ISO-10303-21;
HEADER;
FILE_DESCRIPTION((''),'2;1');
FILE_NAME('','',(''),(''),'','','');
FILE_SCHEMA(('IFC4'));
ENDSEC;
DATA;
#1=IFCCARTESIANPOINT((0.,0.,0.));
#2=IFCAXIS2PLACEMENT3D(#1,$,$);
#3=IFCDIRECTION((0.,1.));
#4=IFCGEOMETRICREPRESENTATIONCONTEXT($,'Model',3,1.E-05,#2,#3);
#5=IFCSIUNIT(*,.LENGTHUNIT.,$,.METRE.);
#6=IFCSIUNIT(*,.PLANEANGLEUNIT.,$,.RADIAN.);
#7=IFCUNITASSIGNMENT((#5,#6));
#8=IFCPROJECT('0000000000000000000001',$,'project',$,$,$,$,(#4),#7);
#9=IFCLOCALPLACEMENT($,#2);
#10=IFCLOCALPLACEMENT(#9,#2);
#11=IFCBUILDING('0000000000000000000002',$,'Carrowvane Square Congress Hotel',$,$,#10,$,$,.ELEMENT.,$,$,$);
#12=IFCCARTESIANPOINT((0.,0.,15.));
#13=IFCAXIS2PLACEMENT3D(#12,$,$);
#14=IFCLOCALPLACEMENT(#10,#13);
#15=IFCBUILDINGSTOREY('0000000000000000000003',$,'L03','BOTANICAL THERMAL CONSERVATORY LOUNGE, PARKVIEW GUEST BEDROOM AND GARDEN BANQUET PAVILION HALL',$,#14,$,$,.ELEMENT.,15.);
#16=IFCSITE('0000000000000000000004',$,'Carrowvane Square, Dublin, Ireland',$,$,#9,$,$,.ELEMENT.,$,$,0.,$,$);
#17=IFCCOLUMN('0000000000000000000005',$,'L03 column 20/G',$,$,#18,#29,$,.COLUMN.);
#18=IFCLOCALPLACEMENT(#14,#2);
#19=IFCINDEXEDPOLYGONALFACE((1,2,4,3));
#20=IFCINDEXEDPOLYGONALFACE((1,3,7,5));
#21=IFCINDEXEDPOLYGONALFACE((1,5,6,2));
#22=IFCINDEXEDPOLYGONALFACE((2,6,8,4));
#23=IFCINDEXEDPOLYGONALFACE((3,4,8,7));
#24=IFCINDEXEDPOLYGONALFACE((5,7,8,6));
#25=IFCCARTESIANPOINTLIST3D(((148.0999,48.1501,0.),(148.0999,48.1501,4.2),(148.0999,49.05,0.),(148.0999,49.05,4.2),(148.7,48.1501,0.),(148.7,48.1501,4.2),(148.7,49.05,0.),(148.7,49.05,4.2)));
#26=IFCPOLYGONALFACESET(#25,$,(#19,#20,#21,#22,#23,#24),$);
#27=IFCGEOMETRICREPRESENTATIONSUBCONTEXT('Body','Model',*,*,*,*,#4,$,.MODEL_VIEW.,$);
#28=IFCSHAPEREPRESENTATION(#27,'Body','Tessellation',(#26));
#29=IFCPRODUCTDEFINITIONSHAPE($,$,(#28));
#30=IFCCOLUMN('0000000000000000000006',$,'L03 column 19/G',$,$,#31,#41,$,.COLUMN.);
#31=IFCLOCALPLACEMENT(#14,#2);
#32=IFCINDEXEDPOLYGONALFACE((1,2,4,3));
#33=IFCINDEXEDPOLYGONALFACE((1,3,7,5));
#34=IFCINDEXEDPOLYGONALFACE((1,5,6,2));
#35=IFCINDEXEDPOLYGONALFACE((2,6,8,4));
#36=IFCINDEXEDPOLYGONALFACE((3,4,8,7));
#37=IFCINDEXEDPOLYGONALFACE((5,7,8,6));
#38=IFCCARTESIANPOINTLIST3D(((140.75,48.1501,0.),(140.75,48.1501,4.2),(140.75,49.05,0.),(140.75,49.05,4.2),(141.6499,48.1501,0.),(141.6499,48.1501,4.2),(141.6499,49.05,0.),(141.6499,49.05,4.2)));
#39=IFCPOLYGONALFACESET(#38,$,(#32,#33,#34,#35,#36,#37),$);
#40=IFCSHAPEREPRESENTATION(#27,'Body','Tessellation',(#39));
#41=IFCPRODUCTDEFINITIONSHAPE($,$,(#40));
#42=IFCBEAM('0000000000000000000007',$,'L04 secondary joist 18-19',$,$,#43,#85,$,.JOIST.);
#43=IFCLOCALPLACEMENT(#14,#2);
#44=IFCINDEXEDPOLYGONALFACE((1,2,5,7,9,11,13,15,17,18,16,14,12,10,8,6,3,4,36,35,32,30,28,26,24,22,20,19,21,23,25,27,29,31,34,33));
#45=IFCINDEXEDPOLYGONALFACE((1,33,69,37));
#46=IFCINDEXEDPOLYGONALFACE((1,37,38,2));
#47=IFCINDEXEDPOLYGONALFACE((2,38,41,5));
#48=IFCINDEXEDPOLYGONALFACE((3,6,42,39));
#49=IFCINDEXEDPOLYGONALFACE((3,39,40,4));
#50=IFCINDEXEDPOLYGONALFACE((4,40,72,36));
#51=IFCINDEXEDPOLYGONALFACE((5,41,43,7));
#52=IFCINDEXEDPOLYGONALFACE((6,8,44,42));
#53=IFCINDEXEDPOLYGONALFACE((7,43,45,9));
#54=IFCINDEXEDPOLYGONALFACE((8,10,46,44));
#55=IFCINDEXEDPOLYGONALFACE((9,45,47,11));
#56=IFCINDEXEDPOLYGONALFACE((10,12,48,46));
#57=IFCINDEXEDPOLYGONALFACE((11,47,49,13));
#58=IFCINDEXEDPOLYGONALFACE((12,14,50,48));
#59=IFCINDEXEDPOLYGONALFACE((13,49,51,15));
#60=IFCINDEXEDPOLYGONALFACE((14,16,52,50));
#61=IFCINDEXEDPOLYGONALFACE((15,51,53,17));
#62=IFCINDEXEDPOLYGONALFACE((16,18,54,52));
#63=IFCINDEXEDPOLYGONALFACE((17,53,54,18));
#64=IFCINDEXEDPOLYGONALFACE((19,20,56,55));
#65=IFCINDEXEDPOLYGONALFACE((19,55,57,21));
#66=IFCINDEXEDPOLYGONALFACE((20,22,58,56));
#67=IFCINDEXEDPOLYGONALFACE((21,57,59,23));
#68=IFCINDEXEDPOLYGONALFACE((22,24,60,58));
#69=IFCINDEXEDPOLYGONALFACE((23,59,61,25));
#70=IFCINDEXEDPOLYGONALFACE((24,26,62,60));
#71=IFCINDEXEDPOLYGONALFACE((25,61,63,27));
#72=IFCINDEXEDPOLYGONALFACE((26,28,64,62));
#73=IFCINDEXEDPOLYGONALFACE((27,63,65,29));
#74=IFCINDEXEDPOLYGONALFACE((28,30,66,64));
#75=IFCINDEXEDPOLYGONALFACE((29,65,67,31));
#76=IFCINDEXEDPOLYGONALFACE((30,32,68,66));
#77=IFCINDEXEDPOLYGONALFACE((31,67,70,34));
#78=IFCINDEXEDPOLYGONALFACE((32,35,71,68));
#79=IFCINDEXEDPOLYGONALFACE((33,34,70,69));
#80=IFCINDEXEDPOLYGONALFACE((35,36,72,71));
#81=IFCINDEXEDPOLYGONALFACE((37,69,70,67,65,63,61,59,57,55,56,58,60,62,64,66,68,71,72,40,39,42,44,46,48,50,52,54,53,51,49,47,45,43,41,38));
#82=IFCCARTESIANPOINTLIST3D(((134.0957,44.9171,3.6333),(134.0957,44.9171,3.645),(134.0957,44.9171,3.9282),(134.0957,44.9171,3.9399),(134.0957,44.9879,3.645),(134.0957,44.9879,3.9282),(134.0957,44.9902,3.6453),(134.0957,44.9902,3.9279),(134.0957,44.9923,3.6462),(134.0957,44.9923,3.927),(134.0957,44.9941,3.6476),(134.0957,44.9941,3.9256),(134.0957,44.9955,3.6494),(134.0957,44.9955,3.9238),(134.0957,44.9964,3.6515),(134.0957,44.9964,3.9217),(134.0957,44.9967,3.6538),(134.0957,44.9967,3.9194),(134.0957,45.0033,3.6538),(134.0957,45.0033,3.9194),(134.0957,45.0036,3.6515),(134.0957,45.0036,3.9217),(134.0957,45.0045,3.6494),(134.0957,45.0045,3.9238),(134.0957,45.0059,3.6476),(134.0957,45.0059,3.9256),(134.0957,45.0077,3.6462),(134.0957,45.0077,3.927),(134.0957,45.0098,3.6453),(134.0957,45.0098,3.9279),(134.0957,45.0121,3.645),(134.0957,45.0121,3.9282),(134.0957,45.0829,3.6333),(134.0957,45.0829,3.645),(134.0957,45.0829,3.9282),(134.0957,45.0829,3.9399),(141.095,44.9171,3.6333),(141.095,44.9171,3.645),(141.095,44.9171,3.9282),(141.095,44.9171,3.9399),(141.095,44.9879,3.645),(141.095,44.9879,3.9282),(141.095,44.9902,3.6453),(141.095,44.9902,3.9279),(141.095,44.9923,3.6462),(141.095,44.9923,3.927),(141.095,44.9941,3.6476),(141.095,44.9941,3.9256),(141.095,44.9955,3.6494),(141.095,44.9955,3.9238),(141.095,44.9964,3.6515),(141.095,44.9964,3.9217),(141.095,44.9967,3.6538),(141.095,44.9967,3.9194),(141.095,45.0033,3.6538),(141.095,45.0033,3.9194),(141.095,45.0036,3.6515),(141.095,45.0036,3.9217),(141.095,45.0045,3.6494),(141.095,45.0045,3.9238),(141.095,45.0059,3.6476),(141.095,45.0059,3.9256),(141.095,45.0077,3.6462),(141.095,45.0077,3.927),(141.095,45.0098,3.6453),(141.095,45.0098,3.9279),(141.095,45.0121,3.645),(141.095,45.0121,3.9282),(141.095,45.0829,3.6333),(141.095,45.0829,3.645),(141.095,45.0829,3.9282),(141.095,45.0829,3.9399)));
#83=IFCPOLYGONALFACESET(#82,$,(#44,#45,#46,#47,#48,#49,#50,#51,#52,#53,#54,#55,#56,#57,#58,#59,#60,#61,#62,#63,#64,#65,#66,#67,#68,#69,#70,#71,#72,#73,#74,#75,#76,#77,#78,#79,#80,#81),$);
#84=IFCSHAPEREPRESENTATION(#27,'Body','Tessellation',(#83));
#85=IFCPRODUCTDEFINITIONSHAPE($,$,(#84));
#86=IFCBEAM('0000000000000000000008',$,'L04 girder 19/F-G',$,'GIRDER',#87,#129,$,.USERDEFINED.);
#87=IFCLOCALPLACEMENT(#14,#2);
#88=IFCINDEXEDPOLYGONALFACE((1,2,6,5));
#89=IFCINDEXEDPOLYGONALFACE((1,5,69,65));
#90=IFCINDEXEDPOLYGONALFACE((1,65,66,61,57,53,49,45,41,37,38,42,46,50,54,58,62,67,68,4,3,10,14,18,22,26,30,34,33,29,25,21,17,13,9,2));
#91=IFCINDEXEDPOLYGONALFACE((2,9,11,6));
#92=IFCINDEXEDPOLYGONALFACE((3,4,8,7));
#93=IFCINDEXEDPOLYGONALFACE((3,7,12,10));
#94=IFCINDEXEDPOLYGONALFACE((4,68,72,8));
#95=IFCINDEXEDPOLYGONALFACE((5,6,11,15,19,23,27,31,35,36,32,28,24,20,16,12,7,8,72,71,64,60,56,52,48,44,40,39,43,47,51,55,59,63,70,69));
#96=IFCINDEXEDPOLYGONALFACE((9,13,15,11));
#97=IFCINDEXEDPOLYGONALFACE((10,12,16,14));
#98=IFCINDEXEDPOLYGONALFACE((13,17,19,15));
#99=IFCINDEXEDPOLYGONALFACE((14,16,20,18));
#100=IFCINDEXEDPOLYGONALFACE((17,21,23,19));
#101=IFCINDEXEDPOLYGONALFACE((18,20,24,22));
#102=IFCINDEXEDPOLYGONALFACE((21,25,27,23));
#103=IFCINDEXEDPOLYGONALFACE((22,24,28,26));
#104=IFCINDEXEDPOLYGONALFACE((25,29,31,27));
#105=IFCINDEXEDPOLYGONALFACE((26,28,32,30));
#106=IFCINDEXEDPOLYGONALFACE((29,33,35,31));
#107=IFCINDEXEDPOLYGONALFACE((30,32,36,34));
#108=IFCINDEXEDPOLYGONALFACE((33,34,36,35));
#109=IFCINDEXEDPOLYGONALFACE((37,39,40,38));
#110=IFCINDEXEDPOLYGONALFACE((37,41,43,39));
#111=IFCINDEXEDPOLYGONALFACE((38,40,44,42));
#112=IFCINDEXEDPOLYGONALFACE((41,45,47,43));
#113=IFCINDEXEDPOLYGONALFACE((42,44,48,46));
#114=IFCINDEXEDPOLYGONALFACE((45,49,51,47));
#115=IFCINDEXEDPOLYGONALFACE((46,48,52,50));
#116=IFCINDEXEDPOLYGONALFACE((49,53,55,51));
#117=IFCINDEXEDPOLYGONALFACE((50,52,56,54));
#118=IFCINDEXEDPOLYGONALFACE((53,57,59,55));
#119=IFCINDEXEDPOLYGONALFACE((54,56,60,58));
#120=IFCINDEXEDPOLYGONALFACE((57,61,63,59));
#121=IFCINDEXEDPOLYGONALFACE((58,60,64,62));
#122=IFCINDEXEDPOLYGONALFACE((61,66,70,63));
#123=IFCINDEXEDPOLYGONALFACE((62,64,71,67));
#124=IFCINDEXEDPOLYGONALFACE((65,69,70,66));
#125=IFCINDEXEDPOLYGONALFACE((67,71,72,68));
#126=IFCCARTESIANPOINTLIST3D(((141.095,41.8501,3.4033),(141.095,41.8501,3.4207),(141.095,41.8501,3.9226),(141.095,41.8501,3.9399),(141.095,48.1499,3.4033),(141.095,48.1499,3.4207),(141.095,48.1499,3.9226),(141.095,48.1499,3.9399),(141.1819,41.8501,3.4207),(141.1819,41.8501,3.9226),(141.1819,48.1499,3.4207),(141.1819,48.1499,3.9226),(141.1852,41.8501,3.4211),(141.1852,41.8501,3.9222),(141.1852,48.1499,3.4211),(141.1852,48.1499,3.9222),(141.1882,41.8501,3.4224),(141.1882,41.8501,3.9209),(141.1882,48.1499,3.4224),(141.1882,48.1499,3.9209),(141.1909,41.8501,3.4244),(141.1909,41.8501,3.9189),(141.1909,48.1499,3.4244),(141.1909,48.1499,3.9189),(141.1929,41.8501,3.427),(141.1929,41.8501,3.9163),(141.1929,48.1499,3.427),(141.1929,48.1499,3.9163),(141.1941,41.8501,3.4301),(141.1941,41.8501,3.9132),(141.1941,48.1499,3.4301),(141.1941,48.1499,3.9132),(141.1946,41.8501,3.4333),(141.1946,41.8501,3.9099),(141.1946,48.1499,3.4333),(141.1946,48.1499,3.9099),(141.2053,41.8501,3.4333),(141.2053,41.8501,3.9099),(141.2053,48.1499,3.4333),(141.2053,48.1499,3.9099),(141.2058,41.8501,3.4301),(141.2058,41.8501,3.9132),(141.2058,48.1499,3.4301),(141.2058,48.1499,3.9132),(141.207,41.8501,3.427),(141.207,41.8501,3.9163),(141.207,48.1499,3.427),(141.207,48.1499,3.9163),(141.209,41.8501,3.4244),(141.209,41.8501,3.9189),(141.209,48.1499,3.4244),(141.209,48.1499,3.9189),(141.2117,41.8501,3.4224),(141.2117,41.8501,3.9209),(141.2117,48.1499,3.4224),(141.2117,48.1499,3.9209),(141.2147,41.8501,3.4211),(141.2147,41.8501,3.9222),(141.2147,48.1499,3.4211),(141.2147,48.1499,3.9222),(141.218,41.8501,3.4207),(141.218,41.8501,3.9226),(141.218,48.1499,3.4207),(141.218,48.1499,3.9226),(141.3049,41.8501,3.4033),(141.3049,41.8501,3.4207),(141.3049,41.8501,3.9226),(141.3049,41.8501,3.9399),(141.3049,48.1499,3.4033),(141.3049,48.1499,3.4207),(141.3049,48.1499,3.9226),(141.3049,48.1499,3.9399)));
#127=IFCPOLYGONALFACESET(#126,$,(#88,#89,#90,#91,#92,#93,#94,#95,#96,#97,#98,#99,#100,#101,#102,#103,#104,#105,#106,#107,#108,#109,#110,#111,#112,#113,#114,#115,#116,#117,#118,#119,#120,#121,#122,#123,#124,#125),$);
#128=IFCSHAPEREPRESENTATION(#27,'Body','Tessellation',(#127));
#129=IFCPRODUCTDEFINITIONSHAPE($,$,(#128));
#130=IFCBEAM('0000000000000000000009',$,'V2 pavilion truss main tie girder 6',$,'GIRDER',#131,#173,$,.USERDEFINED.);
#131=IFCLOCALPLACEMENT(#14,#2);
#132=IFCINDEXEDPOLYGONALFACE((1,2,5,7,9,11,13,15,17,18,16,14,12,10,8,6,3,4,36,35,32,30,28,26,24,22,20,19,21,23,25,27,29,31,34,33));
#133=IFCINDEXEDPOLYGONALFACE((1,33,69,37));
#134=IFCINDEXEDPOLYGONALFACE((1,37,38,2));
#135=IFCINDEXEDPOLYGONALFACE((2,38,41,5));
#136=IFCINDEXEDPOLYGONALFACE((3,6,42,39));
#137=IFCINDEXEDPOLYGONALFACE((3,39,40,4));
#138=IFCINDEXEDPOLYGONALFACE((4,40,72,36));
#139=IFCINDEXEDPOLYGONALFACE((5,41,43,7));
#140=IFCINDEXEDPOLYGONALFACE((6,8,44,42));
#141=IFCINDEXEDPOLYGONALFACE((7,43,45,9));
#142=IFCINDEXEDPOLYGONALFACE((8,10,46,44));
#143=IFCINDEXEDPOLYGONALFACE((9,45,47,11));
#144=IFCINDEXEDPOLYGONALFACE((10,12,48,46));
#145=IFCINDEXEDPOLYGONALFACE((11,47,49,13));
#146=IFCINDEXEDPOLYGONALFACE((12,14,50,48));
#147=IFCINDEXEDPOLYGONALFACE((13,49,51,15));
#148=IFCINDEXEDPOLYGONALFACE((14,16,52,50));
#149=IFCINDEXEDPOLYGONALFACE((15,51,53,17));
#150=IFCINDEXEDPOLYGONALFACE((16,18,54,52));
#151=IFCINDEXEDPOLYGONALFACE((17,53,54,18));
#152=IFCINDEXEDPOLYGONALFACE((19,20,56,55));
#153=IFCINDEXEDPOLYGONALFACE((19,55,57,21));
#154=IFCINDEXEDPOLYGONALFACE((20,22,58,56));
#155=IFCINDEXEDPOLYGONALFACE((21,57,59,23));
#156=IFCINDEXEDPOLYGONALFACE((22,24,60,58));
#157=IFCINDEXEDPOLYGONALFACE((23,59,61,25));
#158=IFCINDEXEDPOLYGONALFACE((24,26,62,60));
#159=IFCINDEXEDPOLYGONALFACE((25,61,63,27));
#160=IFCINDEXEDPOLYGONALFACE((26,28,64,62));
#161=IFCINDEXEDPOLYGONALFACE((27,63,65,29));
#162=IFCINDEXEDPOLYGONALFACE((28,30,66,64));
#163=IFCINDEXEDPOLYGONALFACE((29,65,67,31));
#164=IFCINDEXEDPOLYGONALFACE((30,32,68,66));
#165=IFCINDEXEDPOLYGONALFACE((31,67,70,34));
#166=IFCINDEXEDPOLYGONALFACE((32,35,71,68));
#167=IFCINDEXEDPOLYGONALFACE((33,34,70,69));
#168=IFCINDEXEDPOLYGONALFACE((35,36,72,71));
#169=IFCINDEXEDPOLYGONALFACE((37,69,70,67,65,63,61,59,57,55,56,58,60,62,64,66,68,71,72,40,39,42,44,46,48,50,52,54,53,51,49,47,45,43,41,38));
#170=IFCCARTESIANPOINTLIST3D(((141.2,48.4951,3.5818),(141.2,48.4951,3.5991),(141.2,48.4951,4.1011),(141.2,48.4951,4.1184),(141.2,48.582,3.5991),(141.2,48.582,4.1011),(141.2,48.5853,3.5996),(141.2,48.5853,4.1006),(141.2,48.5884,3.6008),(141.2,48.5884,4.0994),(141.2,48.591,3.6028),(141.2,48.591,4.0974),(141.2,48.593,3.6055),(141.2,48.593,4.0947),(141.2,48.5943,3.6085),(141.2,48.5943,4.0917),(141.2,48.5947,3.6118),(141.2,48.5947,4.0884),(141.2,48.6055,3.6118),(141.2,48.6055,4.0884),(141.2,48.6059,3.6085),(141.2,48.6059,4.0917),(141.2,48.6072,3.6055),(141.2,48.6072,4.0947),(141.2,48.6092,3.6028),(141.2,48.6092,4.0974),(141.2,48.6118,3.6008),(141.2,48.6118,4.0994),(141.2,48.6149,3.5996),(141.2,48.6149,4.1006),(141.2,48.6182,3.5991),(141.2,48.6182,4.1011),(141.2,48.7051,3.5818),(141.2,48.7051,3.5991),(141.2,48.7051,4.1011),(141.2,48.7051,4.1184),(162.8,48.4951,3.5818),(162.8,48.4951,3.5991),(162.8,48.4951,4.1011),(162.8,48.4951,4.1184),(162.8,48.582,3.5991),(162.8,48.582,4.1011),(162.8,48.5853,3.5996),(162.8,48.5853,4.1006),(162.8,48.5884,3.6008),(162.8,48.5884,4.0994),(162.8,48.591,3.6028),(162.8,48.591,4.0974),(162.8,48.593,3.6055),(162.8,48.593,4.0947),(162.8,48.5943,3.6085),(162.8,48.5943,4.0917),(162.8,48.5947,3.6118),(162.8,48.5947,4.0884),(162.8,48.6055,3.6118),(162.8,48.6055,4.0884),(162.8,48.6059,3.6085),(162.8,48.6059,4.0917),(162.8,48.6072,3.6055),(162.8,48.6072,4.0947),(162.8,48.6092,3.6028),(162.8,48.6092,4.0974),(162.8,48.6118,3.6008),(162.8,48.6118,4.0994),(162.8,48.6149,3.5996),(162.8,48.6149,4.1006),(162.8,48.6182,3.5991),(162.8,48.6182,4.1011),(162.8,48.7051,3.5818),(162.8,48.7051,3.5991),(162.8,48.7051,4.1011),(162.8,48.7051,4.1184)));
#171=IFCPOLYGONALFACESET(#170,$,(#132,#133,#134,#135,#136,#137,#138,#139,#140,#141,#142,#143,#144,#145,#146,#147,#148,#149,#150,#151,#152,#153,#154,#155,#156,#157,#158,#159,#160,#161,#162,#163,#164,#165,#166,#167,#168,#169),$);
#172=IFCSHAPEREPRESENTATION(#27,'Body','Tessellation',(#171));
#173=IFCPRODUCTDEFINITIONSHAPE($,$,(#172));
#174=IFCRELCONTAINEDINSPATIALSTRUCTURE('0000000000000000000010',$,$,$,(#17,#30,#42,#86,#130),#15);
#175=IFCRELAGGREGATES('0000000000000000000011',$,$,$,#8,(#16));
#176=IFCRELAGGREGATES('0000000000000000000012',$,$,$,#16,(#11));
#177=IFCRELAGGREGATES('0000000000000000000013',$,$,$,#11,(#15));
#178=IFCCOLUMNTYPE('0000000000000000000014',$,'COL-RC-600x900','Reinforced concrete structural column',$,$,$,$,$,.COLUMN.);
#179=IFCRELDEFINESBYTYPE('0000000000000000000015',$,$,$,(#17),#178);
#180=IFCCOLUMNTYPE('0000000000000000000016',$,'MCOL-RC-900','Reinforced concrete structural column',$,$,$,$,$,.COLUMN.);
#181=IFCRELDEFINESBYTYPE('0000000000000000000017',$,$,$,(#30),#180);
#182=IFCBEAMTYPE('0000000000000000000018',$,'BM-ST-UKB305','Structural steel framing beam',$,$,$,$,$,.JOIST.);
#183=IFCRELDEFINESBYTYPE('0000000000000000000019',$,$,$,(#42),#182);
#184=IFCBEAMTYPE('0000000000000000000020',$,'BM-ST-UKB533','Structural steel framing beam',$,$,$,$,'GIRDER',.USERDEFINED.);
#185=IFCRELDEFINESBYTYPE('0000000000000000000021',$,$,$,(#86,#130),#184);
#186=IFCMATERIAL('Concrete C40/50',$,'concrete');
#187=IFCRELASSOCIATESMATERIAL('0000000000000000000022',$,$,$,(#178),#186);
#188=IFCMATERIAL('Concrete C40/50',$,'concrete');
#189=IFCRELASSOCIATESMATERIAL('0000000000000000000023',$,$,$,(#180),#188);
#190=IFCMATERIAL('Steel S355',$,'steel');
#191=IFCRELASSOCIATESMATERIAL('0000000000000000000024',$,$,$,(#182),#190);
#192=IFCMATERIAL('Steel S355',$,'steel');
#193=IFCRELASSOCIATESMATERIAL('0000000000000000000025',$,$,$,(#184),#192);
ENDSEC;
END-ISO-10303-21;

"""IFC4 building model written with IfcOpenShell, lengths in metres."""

from ifc_helpers import new_model, si_unit, direction, frame, origin, origin_2d, place, context, subcontext, project, spatial, rectangle, i_section, extrude, material, material_profile, profile_set, type_object, element, save


model = new_model("IFC4")

# Units and contexts
model_context = context("Model", 3, precision=1e-05, world=origin(), true_north=direction((0.0, 1.0)))
body_context = subcontext(model_context, "Body", "Model", "MODEL_VIEW")
ifc_project = project(units=[si_unit("LENGTHUNIT", "METRE"), si_unit("PLANEANGLEUNIT", "RADIAN")], contexts=[model_context])

# Site, building, storey
site_placement = place(None, origin())
site = spatial("IfcSite", under=ifc_project, at=site_placement, Name="Carrowvane Square, Dublin, Ireland", CompositionType="ELEMENT", RefElevation=0.0)
building_placement = place(site_placement, origin())
building = spatial("IfcBuilding", under=site, at=building_placement, Name="Carrowvane Square Congress Hotel", CompositionType="ELEMENT")
storey_placement = place(building_placement, frame((0.0, 0.0, 15.0)))
storey = spatial("IfcBuildingStorey", under=building, at=storey_placement, Name="L03", Description="BOTANICAL THERMAL CONSERVATORY LOUNGE, PARKVIEW GUEST BEDROOM AND GARDEN BANQUET PAVILION HALL", CompositionType="ELEMENT", Elevation=15.0)

# Columns
ifc_material_1 = material(Name="Concrete C40/50", Category="concrete")
ifc_material_profile_1 = material_profile(ifc_material_1, rectangle(XDim=0.6001, YDim=0.8999, at=origin_2d()), Name="RC 600x900")
ifc_profile_set_1 = profile_set([ifc_material_profile_1], Name="Concrete C40/50")
column_type_1 = type_object("IfcColumnType", Name="COL-RC-600x900", Description="Reinforced concrete structural column", PredefinedType="COLUMN", material=ifc_profile_set_1)
column_1_placement = place(storey_placement, frame((148.3999, 48.6001, 0.0), z_axis=(0.0, 0.0, 1.0), x_axis=(1.0, 0.0, 0.0)))
element("IfcColumn", 1, at=column_1_placement, inside=storey, type_object=column_type_1, Name="L03 column 20/G", PredefinedType="COLUMN", context=body_context, shape_type="SweptSolid", body=[
    extrude(rectangle(XDim=0.6001, YDim=0.8999, at=origin_2d()), origin(), (0.0, 0.0, 1.0), 4.2),
])
ifc_material_2 = material(Name="Concrete C40/50", Category="concrete")
ifc_material_profile_2 = material_profile(ifc_material_2, rectangle(XDim=0.8999, YDim=0.8999, at=origin_2d()), Name="RC 900x900")
ifc_profile_set_2 = profile_set([ifc_material_profile_2], Name="Concrete C40/50")
column_type_2 = type_object("IfcColumnType", Name="MCOL-RC-900", Description="Reinforced concrete structural column", PredefinedType="COLUMN", material=ifc_profile_set_2)
column_2_placement = place(storey_placement, frame((141.2, 48.6001, 0.0), z_axis=(0.0, 0.0, 1.0), x_axis=(1.0, 0.0, 0.0)))
element("IfcColumn", 2, at=column_2_placement, inside=storey, type_object=column_type_2, Name="L03 column 19/G", PredefinedType="COLUMN", context=body_context, shape_type="SweptSolid", body=[
    extrude(rectangle(XDim=0.8999, YDim=0.8999, at=origin_2d()), origin(), (0.0, 0.0, 1.0), 4.2),
])

# Beams
ifc_material_3 = material(Name="Steel S355", Category="steel")
ifc_material_profile_3 = material_profile(ifc_material_3, i_section(OverallWidth=0.1658, OverallDepth=0.3066, WebThickness=0.0066, FlangeThickness=0.0117, FilletRadius=0.0088, at=origin_2d()), Name="UKB 305x165x46")
ifc_profile_set_3 = profile_set([ifc_material_profile_3], Name="Steel S355")
beam_type_1 = type_object("IfcBeamType", Name="BM-ST-UKB305", Description="Structural steel framing beam", PredefinedType="JOIST", material=ifc_profile_set_3)
beam_1_placement = place(storey_placement, frame((134.0957, 45.0, 3.7866), z_axis=(1.0, 0.0, 0.0), x_axis=(0.0, 1.0, 0.0)))
element("IfcBeam", 3, at=beam_1_placement, inside=storey, type_object=beam_type_1, Name="L04 secondary joist 18-19", PredefinedType="JOIST", context=body_context, shape_type="SweptSolid", body=[
    extrude(i_section(OverallWidth=0.1658, OverallDepth=0.3066, WebThickness=0.0066, FlangeThickness=0.0117, FilletRadius=0.0088, at=origin_2d()), origin(), (0.0, 0.0, 1.0), 6.9993),
])
ifc_material_4 = material(Name="Steel S355", Category="steel")
ifc_material_profile_4 = material_profile(ifc_material_4, i_section(OverallWidth=0.21, OverallDepth=0.5366, WebThickness=0.0107, FlangeThickness=0.0173, FilletRadius=0.0127, at=origin_2d()), Name="UKB 533x210x101")
ifc_profile_set_4 = profile_set([ifc_material_profile_4], Name="Steel S355")
beam_type_2 = type_object("IfcBeamType", Name="BM-ST-UKB533", Description="Structural steel framing beam", ElementType="GIRDER", PredefinedType="USERDEFINED", material=ifc_profile_set_4)
beam_2_placement = place(storey_placement, frame((141.2, 41.8501, 3.6716), z_axis=(0.0, 1.0, 0.0), x_axis=(-1.0, 0.0, 0.0)))
element("IfcBeam", 4, at=beam_2_placement, inside=storey, type_object=beam_type_2, Name="L04 girder 19/F-G", ObjectType="GIRDER", PredefinedType="USERDEFINED", context=body_context, shape_type="SweptSolid", body=[
    extrude(i_section(OverallWidth=0.21, OverallDepth=0.5366, WebThickness=0.0107, FlangeThickness=0.0173, FilletRadius=0.0127, at=origin_2d()), origin(), (0.0, 0.0, 1.0), 6.2998),
])
beam_3_placement = place(storey_placement, frame((141.2, 48.6001, 3.8501), z_axis=(1.0, 0.0, 0.0), x_axis=(0.0, 1.0, 0.0)))
element("IfcBeam", 5, at=beam_3_placement, inside=storey, type_object=beam_type_2, Name="V2 pavilion truss main tie girder 6", ObjectType="GIRDER", PredefinedType="USERDEFINED", context=body_context, shape_type="SweptSolid", body=[
    extrude(i_section(OverallWidth=0.21, OverallDepth=0.5366, WebThickness=0.0107, FlangeThickness=0.0173, FilletRadius=0.0127, at=origin_2d()), origin(), (0.0, 0.0, 1.0), 21.6001),
])

save(model, "model.ifc")
